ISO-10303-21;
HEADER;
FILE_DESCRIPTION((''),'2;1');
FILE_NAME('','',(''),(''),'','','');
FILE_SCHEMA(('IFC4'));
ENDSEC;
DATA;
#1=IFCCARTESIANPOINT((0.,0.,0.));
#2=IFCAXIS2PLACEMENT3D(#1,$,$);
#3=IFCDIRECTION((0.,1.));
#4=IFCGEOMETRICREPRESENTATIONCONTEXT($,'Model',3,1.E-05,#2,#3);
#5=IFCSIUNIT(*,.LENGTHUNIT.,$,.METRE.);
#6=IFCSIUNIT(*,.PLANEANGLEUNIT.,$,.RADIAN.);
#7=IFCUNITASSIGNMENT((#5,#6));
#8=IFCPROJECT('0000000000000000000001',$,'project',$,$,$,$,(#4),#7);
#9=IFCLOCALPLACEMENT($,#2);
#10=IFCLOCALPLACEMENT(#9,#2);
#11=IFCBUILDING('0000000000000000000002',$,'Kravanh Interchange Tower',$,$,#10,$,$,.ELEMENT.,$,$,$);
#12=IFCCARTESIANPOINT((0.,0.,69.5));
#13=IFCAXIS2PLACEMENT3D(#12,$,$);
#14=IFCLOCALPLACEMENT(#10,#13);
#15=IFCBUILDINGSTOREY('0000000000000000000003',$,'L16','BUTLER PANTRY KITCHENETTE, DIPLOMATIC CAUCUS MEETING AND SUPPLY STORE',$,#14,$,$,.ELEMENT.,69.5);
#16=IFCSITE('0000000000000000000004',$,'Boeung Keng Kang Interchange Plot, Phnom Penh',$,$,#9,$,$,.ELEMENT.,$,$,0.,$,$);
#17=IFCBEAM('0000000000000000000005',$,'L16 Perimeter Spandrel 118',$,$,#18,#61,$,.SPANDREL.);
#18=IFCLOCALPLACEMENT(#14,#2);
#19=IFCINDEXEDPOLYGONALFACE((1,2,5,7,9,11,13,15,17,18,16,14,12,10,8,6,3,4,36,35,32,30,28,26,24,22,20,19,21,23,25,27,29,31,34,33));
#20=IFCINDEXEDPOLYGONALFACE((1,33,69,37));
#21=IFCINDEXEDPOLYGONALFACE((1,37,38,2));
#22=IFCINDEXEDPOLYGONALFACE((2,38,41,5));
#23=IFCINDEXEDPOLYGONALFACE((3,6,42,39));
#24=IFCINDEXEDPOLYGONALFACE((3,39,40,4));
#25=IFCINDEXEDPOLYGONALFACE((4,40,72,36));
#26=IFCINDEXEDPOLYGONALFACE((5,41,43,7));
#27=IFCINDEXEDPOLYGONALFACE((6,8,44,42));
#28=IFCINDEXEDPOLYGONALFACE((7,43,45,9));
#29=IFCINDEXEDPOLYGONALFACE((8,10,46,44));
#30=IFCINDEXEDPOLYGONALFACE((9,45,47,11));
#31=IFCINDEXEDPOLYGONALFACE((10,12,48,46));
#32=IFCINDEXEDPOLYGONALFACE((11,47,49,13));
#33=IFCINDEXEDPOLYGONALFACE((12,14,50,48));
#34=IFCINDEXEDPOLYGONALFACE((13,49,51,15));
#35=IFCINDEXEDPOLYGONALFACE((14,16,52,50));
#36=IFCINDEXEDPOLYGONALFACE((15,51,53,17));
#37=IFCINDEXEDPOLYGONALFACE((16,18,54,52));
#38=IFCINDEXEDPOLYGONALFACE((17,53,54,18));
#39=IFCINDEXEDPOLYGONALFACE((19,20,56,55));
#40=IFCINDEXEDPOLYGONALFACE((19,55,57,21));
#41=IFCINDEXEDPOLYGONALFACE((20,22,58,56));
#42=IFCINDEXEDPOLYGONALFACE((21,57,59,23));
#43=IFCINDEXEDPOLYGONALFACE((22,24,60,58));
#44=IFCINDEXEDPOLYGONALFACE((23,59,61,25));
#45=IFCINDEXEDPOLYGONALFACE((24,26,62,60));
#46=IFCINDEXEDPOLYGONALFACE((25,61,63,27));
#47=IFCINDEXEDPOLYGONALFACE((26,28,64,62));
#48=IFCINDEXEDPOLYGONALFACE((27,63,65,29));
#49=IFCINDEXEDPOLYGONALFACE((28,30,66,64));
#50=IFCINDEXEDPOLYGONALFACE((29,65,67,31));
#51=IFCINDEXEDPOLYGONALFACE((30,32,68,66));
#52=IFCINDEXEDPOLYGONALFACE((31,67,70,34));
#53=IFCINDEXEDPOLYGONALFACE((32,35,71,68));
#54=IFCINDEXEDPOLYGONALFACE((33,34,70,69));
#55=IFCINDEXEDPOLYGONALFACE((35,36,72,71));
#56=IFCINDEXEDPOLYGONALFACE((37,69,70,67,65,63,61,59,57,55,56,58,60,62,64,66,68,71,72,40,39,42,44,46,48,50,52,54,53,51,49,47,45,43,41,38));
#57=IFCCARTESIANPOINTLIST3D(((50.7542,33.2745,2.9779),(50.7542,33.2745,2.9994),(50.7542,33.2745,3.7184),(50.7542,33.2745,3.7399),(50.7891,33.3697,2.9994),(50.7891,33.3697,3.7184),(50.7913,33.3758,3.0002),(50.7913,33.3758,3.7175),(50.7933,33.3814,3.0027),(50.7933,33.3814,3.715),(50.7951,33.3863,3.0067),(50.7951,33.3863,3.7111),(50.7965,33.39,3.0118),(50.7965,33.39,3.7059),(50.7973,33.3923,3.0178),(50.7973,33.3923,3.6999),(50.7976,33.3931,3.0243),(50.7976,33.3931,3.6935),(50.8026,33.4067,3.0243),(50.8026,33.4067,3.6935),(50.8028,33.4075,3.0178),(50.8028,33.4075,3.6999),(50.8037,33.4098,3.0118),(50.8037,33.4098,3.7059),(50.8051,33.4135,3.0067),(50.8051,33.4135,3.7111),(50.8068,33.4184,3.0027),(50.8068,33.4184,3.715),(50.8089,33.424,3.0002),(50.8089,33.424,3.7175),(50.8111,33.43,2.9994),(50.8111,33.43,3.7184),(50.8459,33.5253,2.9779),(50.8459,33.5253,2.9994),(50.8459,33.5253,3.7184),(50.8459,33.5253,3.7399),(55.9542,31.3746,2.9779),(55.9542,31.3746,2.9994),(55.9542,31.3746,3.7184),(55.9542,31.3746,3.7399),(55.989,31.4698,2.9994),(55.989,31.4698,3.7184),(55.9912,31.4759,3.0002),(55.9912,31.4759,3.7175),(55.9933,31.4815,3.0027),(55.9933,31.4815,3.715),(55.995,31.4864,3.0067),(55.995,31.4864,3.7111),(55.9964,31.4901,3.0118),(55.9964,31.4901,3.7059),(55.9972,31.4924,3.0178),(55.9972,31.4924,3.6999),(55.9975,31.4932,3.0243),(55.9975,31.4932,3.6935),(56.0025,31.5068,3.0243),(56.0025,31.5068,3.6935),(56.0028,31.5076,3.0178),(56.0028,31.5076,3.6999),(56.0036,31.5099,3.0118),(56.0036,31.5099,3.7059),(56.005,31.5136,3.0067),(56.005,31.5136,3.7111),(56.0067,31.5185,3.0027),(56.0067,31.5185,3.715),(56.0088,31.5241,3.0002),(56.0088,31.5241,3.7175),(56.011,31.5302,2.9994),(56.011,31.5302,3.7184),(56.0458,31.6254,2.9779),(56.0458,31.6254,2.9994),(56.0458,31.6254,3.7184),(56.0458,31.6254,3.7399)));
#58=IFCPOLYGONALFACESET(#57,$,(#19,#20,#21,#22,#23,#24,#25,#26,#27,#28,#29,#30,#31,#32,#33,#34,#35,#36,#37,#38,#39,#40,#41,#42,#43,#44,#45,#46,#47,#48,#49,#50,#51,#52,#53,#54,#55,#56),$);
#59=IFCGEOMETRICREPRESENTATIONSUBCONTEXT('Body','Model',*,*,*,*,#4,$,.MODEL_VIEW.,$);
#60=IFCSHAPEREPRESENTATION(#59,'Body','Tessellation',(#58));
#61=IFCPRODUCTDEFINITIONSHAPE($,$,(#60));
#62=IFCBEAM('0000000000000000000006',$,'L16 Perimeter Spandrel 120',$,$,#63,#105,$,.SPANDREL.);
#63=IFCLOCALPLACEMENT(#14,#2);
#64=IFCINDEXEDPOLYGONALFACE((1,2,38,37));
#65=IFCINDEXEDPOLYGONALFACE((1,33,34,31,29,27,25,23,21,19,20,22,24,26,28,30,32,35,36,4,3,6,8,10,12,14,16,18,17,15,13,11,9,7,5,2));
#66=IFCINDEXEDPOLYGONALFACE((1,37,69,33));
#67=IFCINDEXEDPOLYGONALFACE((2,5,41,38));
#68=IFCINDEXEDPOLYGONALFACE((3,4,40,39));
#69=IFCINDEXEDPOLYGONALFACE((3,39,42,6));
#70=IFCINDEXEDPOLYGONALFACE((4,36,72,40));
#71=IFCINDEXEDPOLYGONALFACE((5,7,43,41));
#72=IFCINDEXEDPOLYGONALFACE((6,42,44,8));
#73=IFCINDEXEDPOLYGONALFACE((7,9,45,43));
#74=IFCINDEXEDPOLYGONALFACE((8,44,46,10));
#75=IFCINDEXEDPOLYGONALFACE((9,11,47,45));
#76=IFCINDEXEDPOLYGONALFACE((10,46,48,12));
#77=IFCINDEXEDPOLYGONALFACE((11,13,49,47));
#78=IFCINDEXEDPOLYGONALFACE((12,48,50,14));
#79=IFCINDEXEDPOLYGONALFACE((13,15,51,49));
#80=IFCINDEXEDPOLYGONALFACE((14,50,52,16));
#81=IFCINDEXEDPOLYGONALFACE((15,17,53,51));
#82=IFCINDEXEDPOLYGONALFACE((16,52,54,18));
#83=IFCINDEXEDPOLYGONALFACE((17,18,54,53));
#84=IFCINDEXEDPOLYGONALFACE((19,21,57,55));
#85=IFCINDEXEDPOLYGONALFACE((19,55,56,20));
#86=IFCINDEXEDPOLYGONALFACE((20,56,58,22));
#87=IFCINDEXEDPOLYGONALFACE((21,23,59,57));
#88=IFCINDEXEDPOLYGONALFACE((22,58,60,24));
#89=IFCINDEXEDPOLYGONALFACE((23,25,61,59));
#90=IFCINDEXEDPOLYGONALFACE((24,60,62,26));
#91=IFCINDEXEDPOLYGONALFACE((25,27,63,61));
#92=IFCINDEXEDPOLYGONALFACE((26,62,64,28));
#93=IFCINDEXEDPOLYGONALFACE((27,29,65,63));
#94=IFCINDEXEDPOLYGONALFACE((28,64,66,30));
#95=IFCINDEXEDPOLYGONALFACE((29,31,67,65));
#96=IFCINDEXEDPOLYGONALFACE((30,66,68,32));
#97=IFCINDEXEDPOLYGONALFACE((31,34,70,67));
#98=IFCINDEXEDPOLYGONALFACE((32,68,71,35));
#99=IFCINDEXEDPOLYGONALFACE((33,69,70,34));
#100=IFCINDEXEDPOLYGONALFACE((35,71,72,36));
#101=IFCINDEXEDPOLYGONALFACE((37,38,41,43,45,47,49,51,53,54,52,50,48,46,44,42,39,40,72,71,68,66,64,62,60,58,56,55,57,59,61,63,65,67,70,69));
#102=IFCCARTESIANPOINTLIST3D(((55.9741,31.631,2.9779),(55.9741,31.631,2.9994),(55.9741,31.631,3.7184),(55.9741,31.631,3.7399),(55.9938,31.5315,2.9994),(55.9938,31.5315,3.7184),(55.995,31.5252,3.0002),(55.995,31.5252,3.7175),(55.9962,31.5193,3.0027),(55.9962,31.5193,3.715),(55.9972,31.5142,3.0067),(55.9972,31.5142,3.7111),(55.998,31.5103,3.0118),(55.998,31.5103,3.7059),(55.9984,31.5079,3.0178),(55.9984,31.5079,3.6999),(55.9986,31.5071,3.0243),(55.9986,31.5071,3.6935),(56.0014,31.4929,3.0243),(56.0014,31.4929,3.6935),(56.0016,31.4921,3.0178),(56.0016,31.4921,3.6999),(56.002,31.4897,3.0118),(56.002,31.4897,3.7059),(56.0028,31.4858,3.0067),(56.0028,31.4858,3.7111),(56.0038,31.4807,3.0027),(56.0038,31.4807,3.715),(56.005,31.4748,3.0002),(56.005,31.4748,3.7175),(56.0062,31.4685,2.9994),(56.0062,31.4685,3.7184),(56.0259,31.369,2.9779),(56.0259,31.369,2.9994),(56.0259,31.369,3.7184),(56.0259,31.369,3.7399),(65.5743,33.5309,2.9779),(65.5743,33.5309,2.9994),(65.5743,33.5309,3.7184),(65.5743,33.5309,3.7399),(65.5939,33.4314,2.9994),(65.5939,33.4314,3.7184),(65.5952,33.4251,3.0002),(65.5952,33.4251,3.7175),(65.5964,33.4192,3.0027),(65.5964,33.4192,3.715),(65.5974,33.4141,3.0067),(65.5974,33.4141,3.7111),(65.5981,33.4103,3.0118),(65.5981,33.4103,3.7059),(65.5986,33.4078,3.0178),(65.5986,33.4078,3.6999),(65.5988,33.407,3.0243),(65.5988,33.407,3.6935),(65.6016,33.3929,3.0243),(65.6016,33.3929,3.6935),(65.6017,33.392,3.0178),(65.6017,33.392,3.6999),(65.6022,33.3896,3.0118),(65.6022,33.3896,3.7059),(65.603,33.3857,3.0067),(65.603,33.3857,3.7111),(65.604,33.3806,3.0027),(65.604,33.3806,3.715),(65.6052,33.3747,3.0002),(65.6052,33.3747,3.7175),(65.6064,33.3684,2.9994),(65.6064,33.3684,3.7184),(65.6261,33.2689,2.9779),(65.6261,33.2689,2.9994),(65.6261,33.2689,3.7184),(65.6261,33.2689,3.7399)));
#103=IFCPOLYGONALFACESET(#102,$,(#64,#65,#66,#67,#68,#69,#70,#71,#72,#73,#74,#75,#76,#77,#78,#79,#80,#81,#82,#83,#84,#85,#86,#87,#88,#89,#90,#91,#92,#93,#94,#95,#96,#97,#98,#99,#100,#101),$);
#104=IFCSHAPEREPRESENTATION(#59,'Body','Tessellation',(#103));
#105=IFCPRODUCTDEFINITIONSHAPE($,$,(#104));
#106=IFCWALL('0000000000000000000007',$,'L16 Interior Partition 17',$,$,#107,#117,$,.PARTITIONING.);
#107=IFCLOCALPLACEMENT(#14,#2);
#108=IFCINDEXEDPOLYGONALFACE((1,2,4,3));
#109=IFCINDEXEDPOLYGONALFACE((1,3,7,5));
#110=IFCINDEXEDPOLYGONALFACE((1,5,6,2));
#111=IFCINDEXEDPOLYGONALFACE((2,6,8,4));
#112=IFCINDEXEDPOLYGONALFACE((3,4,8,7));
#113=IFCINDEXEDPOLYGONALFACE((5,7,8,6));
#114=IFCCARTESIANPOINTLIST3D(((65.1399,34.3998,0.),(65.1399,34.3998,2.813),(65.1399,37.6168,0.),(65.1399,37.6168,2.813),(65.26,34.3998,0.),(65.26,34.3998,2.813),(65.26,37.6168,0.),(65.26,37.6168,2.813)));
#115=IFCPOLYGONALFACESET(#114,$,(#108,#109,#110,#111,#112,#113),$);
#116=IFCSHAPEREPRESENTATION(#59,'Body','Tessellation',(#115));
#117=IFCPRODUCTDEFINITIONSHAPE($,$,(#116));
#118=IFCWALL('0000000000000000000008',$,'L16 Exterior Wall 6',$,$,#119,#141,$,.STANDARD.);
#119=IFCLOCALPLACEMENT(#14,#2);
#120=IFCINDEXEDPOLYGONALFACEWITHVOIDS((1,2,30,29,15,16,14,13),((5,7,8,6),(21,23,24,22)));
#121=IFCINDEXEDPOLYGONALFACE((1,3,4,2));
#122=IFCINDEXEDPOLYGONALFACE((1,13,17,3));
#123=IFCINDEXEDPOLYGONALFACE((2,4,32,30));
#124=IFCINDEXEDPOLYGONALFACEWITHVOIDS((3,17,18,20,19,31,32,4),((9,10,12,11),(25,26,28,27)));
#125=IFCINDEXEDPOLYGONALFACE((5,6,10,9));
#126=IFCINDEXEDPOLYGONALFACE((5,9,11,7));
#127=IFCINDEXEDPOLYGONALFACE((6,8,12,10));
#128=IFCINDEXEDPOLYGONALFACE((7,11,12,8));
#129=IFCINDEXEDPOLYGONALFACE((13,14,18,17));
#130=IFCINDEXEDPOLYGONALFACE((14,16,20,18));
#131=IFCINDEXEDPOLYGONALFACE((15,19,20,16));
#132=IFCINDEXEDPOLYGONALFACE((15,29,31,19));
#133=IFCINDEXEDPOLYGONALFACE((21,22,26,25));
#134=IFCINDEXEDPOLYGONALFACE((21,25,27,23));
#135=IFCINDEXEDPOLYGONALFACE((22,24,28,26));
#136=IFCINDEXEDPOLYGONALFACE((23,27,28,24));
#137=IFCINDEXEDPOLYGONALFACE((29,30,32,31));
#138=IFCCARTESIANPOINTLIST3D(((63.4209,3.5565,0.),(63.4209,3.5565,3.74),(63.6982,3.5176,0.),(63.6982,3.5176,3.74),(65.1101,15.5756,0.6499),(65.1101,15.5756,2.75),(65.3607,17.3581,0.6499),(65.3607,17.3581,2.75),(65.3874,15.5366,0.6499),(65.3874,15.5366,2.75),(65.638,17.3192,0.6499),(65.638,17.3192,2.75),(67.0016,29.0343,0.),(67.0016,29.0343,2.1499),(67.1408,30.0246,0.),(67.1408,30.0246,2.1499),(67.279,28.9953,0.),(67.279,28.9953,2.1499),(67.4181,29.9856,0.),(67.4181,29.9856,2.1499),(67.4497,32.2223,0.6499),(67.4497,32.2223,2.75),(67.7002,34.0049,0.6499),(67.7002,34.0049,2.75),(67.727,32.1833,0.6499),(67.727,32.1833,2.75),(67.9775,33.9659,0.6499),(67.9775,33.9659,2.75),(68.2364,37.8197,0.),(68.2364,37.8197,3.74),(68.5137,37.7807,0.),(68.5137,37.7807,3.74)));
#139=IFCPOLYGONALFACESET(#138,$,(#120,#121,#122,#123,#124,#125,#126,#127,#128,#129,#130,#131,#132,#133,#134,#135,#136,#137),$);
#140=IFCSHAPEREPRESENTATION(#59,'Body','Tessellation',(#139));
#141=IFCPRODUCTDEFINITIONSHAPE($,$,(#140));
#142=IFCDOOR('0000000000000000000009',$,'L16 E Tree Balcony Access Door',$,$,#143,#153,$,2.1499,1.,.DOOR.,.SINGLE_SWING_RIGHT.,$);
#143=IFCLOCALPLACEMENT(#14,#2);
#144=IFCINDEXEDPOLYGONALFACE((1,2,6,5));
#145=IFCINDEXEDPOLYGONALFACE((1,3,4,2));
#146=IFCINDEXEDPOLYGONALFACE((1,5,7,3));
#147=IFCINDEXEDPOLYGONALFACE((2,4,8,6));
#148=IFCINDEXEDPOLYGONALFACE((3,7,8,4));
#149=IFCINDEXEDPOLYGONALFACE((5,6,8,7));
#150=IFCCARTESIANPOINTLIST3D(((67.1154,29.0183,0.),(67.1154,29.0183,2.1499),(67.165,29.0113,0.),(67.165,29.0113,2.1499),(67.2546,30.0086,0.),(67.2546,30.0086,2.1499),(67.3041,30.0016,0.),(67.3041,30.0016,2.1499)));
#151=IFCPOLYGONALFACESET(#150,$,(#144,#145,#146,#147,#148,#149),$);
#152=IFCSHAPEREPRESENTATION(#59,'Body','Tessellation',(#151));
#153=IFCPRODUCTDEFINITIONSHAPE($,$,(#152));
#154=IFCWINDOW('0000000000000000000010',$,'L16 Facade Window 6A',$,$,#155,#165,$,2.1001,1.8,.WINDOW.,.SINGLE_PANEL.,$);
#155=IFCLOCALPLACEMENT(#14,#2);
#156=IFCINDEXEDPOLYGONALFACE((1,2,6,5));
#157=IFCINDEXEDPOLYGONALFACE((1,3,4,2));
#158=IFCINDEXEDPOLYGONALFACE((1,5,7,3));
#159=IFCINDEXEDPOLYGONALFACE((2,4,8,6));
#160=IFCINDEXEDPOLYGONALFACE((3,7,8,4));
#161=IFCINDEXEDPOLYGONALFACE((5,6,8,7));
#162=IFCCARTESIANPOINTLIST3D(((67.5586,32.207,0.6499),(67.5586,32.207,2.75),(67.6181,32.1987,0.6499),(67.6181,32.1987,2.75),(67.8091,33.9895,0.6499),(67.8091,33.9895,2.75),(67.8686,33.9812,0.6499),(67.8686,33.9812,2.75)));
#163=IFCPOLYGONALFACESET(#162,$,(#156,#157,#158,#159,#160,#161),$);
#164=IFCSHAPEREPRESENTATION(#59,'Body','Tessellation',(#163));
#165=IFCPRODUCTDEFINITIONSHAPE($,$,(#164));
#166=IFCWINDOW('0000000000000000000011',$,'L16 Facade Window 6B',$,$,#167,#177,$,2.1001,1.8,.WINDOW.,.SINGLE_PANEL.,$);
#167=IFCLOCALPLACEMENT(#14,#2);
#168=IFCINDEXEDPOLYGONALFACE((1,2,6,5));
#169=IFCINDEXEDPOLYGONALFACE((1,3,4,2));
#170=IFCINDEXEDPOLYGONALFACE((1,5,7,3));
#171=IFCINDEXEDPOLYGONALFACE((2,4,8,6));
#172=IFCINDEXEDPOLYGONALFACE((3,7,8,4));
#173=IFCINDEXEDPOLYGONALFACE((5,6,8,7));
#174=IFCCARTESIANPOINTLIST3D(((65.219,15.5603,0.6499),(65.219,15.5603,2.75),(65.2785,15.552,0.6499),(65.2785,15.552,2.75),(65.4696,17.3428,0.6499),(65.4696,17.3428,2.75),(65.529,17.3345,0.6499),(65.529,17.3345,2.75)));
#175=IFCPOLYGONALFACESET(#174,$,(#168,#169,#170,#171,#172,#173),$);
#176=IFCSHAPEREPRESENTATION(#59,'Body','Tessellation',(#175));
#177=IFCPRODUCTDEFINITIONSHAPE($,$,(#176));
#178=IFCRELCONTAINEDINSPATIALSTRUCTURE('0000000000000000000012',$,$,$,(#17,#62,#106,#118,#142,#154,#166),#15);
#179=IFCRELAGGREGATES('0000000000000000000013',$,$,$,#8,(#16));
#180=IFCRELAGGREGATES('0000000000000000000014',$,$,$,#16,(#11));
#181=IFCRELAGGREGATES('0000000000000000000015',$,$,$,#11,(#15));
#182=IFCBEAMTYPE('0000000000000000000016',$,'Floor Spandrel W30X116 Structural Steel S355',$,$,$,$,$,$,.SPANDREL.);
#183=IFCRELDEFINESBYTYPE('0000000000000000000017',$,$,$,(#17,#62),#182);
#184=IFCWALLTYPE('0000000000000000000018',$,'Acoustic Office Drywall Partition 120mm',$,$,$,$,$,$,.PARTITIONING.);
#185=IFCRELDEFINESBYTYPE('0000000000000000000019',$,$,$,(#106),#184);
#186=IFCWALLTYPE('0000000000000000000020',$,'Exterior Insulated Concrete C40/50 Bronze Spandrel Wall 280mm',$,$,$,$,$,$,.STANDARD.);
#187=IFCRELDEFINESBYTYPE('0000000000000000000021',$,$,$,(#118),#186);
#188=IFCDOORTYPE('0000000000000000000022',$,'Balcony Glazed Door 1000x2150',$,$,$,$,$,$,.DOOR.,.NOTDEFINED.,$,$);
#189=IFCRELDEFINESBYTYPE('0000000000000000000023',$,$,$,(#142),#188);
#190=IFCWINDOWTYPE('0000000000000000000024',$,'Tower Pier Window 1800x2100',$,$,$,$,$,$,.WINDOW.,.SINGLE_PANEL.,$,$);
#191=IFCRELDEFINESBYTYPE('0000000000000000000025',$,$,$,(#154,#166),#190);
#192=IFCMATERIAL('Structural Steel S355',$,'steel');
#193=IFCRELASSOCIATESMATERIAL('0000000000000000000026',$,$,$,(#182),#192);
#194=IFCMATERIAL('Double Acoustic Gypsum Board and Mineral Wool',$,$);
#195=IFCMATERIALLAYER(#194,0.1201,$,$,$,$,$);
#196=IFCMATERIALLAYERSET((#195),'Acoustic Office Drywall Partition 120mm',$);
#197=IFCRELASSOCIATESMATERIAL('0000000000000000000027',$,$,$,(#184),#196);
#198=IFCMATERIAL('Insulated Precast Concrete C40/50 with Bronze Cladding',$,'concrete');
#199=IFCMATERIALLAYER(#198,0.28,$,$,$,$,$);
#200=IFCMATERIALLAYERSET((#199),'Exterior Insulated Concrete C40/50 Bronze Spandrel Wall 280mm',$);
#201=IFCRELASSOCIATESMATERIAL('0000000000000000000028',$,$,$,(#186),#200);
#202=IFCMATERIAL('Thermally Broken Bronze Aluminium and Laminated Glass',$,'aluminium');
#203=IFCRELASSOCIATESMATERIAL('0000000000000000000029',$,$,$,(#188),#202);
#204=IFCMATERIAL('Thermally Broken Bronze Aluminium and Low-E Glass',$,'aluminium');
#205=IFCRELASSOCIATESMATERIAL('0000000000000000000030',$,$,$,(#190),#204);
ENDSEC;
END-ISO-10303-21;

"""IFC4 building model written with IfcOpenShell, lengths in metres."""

from ifc_helpers import new_model, si_unit, direction, frame, frame_2d, origin, origin_2d, place, context, subcontext, project, spatial, rectangle, i_section, extrude, material, layer, layer_set, material_profile, profile_set, type_object, element, fill, save


model = new_model("IFC4")

# Units and contexts
model_context = context("Model", 3, precision=1e-05, world=origin(), true_north=direction((0.0, 1.0)))
body_context = subcontext(model_context, "Body", "Model", "MODEL_VIEW")
ifc_project = project(units=[si_unit("LENGTHUNIT", "METRE"), si_unit("PLANEANGLEUNIT", "RADIAN")], contexts=[model_context])

# Site, building, storey
site_placement = place(None, origin())
site = spatial("IfcSite", under=ifc_project, at=site_placement, Name="Boeung Keng Kang Interchange Plot, Phnom Penh", CompositionType="ELEMENT", RefElevation=0.0)
building_placement = place(site_placement, origin())
building = spatial("IfcBuilding", under=site, at=building_placement, Name="Kravanh Interchange Tower", CompositionType="ELEMENT")
storey_placement = place(building_placement, frame((0.0, 0.0, 69.5)))
storey = spatial("IfcBuildingStorey", under=building, at=storey_placement, Name="L16", Description="BUTLER PANTRY KITCHENETTE, DIPLOMATIC CAUCUS MEETING AND SUPPLY STORE", CompositionType="ELEMENT", Elevation=69.5)

# Beams
ifc_material_1 = material(Name="Structural Steel S355", Category="steel")
ifc_material_profile_1 = material_profile(ifc_material_1, i_section(OverallWidth=0.2671, OverallDepth=0.762, WebThickness=0.0144, FlangeThickness=0.0215, FilletRadius=0.0249, at=origin_2d()), Name="W30X116")
ifc_profile_set_1 = profile_set([ifc_material_profile_1], Name="Structural Steel S355")
beam_type_1 = type_object("IfcBeamType", Name="Floor Spandrel W30X116 Structural Steel S355", PredefinedType="SPANDREL", material=ifc_profile_set_1)
beam_1_placement = place(storey_placement, frame((56.0, 31.5, 3.3589), z_axis=(-0.93927, 0.34318, 0.0), x_axis=(-0.34318, -0.93927, 0.0)))
element("IfcBeam", 1, at=beam_1_placement, inside=storey, type_object=beam_type_1, Name="L16 Perimeter Spandrel 118", PredefinedType="SPANDREL", context=body_context, shape_type="SweptSolid", body=[
    extrude(i_section(OverallWidth=0.2671, OverallDepth=0.762, WebThickness=0.0144, FlangeThickness=0.0215, FilletRadius=0.0249, at=origin_2d()), origin(), (0.0, 0.0, 1.0), 5.5361),
])
beam_2_placement = place(storey_placement, frame((56.0, 31.5, 3.3589), z_axis=(0.980974, 0.194139, 0.0), x_axis=(-0.194139, 0.980974, 0.0)))
element("IfcBeam", 2, at=beam_2_placement, inside=storey, type_object=beam_type_1, Name="L16 Perimeter Spandrel 120", PredefinedType="SPANDREL", context=body_context, shape_type="SweptSolid", body=[
    extrude(i_section(OverallWidth=0.2671, OverallDepth=0.762, WebThickness=0.0144, FlangeThickness=0.0215, FilletRadius=0.0249, at=origin_2d()), origin(), (0.0, 0.0, 1.0), 9.7864),
])

# Wall
ifc_material_2 = material(Name="Double Acoustic Gypsum Board and Mineral Wool")
ifc_layer_1 = layer(ifc_material_2, 0.1201)
ifc_layer_set_1 = layer_set([ifc_layer_1], Name="Acoustic Office Drywall Partition 120mm")
wall_type_1 = type_object("IfcWallType", Name="Acoustic Office Drywall Partition 120mm", PredefinedType="PARTITIONING", material=ifc_layer_set_1)
wall_1_placement = place(storey_placement, frame((65.2, 34.3999, 0.0), z_axis=(0.0, 0.0, 1.0), x_axis=(0.0, 1.0, 0.0)))
element("IfcWall", 3, at=wall_1_placement, inside=storey, type_object=wall_type_1, Name="L16 Interior Partition 17", PredefinedType="PARTITIONING", context=body_context, shape_type="SweptSolid", body=[
    extrude(rectangle(XDim=3.217, YDim=0.1201, at=frame_2d((1.6084, 0.0))), origin(), (0.0, 0.0, 1.0), 2.813),
])

# Wall, openings, door, windows
ifc_material_3 = material(Name="Insulated Precast Concrete C40/50 with Bronze Cladding", Category="concrete")
ifc_layer_2 = layer(ifc_material_3, 0.28)
ifc_layer_set_2 = layer_set([ifc_layer_2], Name="Exterior Insulated Concrete C40/50 Bronze Spandrel Wall 280mm")
wall_type_2 = type_object("IfcWallType", Name="Exterior Insulated Concrete C40/50 Bronze Spandrel Wall 280mm", PredefinedType="STANDARD", material=ifc_layer_set_2)
wall_2_placement = place(storey_placement, frame((68.375, 37.8, 0.0), z_axis=(0.0, 0.0, 1.0), x_axis=(-0.139175, -0.990268, 0.0)))
wall_2 = element("IfcWall", 4, at=wall_2_placement, inside=storey, type_object=wall_type_2, Name="L16 Exterior Wall 6", PredefinedType="STANDARD", context=body_context, shape_type="SweptSolid", body=[
    extrude(rectangle(XDim=34.5999, YDim=0.28, at=frame_2d((17.2998, 0.0))), origin(), (0.0, 0.0, 1.0), 3.74),
])
opening_1_placement = place(wall_2_placement, frame((7.8716, 0.0, 0.0)))
opening_1 = element("IfcOpeningElement", 5, at=opening_1_placement, cuts=wall_2, PredefinedType="OPENING", context=body_context, shape_type="SweptSolid", body=[
    extrude(rectangle(XDim=1.0, YDim=2.1499, at=frame_2d((0.5, 1.075))), frame((0.0, 0.1499, 0.0), z_axis=(0.0, -1.0, 0.0), x_axis=(1.0, 0.0, 0.0)), (0.0, 0.0, 1.0), 0.3),
])
opening_2_placement = place(wall_2_placement, frame((3.8523, 0.0, 0.6499)))
opening_2 = element("IfcOpeningElement", 6, at=opening_2_placement, cuts=wall_2, PredefinedType="OPENING", context=body_context, shape_type="SweptSolid", body=[
    extrude(rectangle(XDim=1.8, YDim=2.1001, at=frame_2d((0.8999, 1.05))), frame((0.0, 0.1499, 0.0), z_axis=(0.0, -1.0, 0.0), x_axis=(1.0, 0.0, 0.0)), (0.0, 0.0, 1.0), 0.3),
])
opening_3_placement = place(wall_2_placement, frame((20.6626, 0.0, 0.6499)))
opening_3 = element("IfcOpeningElement", 7, at=opening_3_placement, cuts=wall_2, PredefinedType="OPENING", context=body_context, shape_type="SweptSolid", body=[
    extrude(rectangle(XDim=1.8, YDim=2.1001, at=frame_2d((0.8999, 1.05))), frame((0.0, 0.1499, 0.0), z_axis=(0.0, -1.0, 0.0), x_axis=(1.0, 0.0, 0.0)), (0.0, 0.0, 1.0), 0.3),
])
ifc_material_4 = material(Name="Thermally Broken Bronze Aluminium and Laminated Glass", Category="aluminium")
door_type = type_object("IfcDoorType", Name="Balcony Glazed Door 1000x2150", OperationType="NOTDEFINED", PredefinedType="DOOR", material=ifc_material_4)
door_placement = place(opening_1_placement, origin())
door = element("IfcDoor", 8, at=door_placement, inside=storey, type_object=door_type, Name="L16 E Tree Balcony Access Door", OperationType="SINGLE_SWING_RIGHT", OverallHeight=2.1499, OverallWidth=1.0, PredefinedType="DOOR", context=body_context, shape_type="SweptSolid", body=[
    extrude(rectangle(XDim=1.0, YDim=2.1499, at=frame_2d((0.5, 1.075))), frame((0.0, 0.0249, 0.0), z_axis=(0.0, -1.0, 0.0), x_axis=(1.0, 0.0, 0.0)), (0.0, 0.0, 1.0), 0.05),
])
fill(opening_1, door)
ifc_material_5 = material(Name="Thermally Broken Bronze Aluminium and Low-E Glass", Category="aluminium")
window_type = type_object("IfcWindowType", Name="Tower Pier Window 1800x2100", PartitioningType="SINGLE_PANEL", PredefinedType="WINDOW", material=ifc_material_5)
window_1_placement = place(opening_2_placement, origin())
window_1 = element("IfcWindow", 9, at=window_1_placement, inside=storey, type_object=window_type, Name="L16 Facade Window 6A", OverallHeight=2.1001, OverallWidth=1.8, PartitioningType="SINGLE_PANEL", PredefinedType="WINDOW", context=body_context, shape_type="SweptSolid", body=[
    extrude(rectangle(XDim=1.8, YDim=2.1001, at=frame_2d((0.8999, 1.05))), frame((0.0, 0.03, 0.0), z_axis=(0.0, -1.0, 0.0), x_axis=(1.0, 0.0, 0.0)), (0.0, 0.0, 1.0), 0.0601),
])
fill(opening_2, window_1)
window_2_placement = place(opening_3_placement, origin())
window_2 = element("IfcWindow", 10, at=window_2_placement, inside=storey, type_object=window_type, Name="L16 Facade Window 6B", OverallHeight=2.1001, OverallWidth=1.8, PartitioningType="SINGLE_PANEL", PredefinedType="WINDOW", context=body_context, shape_type="SweptSolid", body=[
    extrude(rectangle(XDim=1.8, YDim=2.1001, at=frame_2d((0.8999, 1.05))), frame((0.0, 0.03, 0.0), z_axis=(0.0, -1.0, 0.0), x_axis=(1.0, 0.0, 0.0)), (0.0, 0.0, 1.0), 0.0601),
])
fill(opening_3, window_2)

save(model, "model.ifc")
